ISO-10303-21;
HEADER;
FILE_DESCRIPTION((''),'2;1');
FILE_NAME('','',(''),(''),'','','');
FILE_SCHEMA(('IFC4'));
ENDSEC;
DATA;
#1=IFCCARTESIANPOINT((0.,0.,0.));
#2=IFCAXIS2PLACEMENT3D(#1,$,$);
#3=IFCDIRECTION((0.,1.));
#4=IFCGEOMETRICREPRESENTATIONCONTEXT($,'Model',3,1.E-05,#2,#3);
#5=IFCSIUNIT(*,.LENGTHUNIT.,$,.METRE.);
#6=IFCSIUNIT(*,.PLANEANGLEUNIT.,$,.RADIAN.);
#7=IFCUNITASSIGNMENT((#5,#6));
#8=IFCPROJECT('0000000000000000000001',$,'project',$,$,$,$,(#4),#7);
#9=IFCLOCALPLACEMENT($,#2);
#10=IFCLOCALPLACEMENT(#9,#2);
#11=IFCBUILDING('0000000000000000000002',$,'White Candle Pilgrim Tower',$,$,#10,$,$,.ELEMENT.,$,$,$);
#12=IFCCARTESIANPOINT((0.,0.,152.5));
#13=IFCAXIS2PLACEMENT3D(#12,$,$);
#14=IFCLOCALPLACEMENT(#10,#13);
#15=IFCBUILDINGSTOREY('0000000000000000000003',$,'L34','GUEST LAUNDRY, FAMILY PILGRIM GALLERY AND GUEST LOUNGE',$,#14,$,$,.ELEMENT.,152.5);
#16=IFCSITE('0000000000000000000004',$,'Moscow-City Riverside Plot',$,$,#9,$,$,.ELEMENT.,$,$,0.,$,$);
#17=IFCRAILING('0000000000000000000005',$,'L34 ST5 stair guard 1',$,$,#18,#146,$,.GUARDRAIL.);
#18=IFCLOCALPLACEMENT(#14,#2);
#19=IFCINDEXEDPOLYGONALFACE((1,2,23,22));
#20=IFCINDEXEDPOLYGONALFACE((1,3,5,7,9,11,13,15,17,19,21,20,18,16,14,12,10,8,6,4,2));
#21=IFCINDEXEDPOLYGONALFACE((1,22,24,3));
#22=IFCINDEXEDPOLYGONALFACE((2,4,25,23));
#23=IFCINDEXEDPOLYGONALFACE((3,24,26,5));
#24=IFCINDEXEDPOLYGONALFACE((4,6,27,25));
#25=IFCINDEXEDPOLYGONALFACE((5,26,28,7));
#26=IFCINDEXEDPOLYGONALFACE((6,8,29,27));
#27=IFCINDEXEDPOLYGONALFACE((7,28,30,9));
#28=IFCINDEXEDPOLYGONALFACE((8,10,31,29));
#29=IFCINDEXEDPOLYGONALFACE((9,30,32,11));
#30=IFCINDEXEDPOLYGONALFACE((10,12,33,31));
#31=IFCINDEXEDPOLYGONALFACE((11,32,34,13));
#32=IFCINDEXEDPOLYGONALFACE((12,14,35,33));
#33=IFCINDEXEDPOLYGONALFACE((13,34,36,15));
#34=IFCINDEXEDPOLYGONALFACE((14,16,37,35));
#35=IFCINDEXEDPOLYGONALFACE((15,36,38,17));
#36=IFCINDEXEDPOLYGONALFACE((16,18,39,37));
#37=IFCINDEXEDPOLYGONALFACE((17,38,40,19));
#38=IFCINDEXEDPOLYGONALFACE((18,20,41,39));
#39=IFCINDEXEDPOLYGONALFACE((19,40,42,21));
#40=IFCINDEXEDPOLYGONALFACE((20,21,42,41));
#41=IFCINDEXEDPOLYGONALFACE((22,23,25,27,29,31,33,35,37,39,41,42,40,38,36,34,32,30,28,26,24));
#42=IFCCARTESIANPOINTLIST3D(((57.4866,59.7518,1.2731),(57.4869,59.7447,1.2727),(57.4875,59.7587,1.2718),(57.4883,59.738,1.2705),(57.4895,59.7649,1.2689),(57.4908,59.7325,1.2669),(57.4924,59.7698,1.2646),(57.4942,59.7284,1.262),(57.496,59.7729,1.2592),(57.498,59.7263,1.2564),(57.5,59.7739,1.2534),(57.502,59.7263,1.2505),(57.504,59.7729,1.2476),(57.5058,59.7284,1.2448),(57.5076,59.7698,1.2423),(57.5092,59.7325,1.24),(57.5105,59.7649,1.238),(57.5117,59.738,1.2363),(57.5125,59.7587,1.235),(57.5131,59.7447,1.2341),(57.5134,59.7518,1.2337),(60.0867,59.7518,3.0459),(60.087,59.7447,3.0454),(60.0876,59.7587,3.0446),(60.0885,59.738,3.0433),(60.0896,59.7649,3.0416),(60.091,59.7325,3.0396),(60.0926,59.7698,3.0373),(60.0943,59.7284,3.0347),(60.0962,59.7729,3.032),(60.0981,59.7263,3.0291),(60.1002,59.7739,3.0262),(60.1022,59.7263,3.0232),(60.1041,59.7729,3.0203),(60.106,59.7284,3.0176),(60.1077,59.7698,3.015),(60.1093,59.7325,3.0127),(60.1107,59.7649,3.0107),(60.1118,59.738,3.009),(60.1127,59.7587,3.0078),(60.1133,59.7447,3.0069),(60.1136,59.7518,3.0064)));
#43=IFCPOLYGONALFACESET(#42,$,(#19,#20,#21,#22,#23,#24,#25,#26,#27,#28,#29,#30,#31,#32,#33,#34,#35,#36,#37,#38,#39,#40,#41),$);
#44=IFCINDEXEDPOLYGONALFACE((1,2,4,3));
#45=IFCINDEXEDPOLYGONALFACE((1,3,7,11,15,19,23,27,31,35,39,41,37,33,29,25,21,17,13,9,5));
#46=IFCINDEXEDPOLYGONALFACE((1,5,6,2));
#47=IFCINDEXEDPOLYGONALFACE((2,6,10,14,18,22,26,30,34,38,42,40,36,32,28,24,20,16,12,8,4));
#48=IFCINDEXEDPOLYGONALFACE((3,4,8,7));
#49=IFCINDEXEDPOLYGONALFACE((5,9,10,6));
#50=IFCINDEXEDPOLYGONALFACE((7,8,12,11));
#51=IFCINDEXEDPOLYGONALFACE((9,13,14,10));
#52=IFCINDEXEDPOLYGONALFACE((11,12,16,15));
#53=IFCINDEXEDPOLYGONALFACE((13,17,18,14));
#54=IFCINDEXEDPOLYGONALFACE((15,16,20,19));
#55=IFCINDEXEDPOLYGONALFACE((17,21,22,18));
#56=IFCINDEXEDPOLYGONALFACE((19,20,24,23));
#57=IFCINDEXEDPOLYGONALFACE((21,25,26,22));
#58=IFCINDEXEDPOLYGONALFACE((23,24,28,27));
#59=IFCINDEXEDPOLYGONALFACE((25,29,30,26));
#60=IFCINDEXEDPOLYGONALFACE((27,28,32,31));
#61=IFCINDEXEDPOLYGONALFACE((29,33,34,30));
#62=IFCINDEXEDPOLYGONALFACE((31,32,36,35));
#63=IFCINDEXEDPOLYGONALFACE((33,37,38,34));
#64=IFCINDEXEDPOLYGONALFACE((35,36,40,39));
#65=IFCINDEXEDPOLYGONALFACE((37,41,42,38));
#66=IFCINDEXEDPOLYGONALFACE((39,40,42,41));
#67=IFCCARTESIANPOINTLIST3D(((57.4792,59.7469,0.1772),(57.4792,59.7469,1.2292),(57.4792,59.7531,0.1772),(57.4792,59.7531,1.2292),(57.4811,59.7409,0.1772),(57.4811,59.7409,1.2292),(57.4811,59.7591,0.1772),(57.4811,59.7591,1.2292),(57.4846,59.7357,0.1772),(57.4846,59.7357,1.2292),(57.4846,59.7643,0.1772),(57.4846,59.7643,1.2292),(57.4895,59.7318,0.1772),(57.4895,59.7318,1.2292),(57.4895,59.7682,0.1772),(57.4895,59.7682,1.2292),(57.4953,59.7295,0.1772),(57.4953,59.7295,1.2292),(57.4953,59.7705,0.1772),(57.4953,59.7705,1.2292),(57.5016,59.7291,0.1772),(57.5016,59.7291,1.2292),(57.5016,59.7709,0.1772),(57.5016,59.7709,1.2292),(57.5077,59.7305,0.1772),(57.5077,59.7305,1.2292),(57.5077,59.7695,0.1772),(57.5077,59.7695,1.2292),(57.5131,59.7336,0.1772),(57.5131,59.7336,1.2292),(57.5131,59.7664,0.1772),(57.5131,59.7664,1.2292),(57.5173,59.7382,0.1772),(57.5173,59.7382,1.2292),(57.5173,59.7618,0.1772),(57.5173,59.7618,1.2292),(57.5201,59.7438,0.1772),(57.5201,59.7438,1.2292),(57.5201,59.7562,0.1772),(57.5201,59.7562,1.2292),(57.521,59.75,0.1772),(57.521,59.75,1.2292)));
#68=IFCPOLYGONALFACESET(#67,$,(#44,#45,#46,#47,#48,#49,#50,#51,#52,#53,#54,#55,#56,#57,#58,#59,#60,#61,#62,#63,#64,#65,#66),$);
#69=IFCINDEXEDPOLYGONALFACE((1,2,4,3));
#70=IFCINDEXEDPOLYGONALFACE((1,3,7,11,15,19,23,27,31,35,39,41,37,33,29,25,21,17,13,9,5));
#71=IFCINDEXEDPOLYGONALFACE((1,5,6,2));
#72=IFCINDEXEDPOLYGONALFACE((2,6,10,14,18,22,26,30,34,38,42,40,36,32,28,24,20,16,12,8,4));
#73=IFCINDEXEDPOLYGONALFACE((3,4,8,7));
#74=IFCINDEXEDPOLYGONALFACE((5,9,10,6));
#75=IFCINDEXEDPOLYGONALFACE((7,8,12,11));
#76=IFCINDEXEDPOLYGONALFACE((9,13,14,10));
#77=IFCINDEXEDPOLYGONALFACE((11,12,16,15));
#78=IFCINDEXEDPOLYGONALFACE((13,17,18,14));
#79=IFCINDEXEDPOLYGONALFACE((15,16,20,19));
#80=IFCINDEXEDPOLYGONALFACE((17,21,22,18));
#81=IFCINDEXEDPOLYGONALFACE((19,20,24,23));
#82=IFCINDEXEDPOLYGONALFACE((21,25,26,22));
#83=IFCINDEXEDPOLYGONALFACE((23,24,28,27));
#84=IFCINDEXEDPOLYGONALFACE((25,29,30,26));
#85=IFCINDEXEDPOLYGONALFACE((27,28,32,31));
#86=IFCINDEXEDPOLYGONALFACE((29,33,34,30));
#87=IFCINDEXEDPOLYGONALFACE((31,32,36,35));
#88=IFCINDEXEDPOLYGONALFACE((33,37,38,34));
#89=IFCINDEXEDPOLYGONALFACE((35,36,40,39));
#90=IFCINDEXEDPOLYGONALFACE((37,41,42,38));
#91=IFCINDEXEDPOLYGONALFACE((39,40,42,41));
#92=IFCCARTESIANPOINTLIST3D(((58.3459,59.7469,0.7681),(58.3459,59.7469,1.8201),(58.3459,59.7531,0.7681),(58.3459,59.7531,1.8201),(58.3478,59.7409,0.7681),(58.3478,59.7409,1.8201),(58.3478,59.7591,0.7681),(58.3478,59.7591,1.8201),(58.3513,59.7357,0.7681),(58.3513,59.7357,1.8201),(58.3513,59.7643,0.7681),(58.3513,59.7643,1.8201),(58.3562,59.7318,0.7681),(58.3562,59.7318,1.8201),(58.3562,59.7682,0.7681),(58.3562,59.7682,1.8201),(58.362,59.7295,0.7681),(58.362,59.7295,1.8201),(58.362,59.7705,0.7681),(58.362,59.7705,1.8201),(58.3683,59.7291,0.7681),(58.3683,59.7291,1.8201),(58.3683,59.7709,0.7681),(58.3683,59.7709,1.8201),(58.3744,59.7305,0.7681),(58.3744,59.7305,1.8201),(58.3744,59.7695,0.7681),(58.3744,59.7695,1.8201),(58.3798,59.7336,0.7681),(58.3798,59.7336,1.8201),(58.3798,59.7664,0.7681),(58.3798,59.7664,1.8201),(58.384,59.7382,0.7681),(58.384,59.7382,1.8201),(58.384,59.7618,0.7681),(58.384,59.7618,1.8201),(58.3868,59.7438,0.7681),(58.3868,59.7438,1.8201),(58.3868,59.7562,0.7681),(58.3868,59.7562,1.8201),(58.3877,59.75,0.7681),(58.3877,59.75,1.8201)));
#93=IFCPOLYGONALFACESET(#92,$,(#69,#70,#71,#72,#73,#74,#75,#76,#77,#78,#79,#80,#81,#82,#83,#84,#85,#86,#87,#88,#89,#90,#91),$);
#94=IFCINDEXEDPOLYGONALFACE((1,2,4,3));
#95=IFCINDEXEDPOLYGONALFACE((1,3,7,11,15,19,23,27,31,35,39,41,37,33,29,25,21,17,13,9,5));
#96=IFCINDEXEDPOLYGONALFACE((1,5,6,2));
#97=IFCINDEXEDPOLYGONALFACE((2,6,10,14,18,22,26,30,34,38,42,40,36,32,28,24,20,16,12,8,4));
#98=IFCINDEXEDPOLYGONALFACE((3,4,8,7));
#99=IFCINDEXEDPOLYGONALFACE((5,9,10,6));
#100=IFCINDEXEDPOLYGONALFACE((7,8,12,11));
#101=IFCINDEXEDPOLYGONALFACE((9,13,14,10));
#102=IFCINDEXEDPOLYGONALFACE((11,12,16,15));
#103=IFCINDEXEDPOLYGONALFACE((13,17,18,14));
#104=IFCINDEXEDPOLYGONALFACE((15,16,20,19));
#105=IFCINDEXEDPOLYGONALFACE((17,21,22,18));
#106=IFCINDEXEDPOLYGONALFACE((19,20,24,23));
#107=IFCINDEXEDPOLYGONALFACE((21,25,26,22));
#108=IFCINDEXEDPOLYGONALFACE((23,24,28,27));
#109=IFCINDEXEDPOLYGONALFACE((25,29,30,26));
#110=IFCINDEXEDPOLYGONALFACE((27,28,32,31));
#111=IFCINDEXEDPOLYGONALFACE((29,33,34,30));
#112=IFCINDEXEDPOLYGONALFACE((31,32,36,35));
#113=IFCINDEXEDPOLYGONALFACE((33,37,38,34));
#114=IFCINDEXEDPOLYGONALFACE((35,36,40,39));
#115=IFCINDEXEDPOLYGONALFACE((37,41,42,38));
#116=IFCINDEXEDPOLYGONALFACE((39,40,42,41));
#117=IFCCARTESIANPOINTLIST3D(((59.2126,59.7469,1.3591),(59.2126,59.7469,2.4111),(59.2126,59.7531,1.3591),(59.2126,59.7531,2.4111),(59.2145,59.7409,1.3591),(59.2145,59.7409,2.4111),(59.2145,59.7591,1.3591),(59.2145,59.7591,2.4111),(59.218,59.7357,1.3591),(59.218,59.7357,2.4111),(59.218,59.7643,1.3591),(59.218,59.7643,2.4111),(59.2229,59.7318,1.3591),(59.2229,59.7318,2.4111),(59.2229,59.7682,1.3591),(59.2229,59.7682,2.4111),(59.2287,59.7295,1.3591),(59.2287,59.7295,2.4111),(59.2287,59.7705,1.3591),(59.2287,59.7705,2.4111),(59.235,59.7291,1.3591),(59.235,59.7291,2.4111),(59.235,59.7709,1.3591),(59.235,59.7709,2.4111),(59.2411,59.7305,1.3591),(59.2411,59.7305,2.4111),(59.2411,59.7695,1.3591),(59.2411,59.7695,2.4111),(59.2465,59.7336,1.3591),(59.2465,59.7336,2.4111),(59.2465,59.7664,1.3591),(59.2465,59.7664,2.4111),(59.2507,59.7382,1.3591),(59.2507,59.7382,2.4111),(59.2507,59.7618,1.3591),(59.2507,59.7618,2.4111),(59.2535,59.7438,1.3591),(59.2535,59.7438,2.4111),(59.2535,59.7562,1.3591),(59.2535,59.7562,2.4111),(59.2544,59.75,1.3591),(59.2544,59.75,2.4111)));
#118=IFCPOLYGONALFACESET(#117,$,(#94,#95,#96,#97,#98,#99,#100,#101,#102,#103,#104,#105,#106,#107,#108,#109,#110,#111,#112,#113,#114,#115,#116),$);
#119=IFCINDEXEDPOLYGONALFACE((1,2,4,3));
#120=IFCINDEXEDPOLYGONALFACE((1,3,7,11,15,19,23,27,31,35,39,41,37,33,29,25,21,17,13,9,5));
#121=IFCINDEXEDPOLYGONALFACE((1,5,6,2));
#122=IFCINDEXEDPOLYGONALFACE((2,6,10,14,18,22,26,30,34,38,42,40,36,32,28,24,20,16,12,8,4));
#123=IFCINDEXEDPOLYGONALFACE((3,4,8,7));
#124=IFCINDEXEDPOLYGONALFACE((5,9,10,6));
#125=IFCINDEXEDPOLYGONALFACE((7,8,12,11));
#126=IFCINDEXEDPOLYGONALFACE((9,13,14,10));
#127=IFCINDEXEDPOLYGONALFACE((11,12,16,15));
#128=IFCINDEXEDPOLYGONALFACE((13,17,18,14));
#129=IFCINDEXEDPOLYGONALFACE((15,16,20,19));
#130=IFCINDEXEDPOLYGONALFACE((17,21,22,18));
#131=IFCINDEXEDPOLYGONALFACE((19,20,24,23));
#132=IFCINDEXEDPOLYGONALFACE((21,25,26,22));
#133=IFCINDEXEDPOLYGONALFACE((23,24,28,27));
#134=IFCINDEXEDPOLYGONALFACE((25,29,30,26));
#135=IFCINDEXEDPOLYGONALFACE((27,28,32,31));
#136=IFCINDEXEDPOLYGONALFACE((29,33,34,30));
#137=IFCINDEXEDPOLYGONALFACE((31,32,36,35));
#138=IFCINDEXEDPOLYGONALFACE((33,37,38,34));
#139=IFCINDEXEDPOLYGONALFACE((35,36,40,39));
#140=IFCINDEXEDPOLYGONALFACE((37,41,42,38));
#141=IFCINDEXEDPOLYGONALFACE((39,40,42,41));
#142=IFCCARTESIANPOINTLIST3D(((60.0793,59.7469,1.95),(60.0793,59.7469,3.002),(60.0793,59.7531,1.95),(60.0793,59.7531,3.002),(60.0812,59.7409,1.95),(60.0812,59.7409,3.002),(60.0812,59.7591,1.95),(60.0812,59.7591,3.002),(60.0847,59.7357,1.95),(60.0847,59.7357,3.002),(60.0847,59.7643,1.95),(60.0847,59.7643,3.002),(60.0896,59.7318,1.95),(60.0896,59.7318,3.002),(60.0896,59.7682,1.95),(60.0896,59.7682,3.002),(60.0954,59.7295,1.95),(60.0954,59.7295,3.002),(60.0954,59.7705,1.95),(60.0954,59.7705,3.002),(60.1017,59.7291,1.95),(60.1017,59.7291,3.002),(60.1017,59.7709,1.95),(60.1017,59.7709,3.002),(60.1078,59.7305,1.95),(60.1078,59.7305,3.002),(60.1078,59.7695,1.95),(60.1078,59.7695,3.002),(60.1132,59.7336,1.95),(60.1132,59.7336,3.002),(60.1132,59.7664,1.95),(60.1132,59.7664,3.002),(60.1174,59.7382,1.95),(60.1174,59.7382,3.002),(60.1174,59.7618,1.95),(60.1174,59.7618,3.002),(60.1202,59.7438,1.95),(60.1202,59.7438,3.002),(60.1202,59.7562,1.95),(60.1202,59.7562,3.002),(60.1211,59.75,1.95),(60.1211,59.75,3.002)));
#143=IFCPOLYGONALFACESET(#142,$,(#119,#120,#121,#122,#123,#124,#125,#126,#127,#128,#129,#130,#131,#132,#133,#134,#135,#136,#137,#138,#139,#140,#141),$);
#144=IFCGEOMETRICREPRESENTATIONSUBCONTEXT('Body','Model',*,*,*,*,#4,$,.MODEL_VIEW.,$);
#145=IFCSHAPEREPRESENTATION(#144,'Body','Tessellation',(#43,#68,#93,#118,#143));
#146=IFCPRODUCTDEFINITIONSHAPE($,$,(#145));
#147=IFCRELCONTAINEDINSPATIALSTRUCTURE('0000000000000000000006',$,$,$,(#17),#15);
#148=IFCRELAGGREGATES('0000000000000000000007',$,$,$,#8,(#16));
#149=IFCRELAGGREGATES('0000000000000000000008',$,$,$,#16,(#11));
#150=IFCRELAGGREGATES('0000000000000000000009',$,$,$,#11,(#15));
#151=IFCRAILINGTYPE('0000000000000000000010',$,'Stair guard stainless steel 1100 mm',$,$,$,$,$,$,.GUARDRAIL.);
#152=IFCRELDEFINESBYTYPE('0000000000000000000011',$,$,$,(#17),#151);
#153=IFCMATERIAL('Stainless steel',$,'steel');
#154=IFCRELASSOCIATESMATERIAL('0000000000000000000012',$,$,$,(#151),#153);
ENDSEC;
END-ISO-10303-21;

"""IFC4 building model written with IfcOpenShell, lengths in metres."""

from ifc_helpers import new_model, si_unit, direction, frame, origin, origin_2d, place, context, subcontext, project, spatial, circle, extrude, material, type_object, element, save


model = new_model("IFC4")

# Units and contexts
model_context = context("Model", 3, precision=1e-05, world=origin(), true_north=direction((0.0, 1.0)))
body_context = subcontext(model_context, "Body", "Model", "MODEL_VIEW")
ifc_project = project(units=[si_unit("LENGTHUNIT", "METRE"), si_unit("PLANEANGLEUNIT", "RADIAN")], contexts=[model_context])

# Site, building, storey
site_placement = place(None, origin())
site = spatial("IfcSite", under=ifc_project, at=site_placement, Name="Moscow-City Riverside Plot", CompositionType="ELEMENT", RefElevation=0.0)
building_placement = place(site_placement, origin())
building = spatial("IfcBuilding", under=site, at=building_placement, Name="White Candle Pilgrim Tower", CompositionType="ELEMENT")
storey_placement = place(building_placement, frame((0.0, 0.0, 152.5)))
storey = spatial("IfcBuildingStorey", under=building, at=storey_placement, Name="L34", Description="GUEST LAUNDRY, FAMILY PILGRIM GALLERY AND GUEST LOUNGE", CompositionType="ELEMENT", Elevation=152.5)

# Railing
ifc_material_1 = material(Name="Stainless steel", Category="steel")
railing_type_1 = type_object("IfcRailingType", Name="Stair guard stainless steel 1100 mm", PredefinedType="GUARDRAIL", material=ifc_material_1)
railing_1_placement = place(storey_placement, frame((57.5, 59.75, 0.1772)))
element("IfcRailing", 1, at=railing_1_placement, inside=storey, type_object=railing_type_1, Name="L34 ST5 stair guard 1", PredefinedType="GUARDRAIL", context=body_context, shape_type="SweptSolid", body=[
    extrude(circle(Radius=0.0239, at=origin_2d()), frame((0.0, 0.0, 1.0762), z_axis=(0.82624, 0.0, 0.563318), x_axis=(0.0, 1.0, 0.0)), (0.0, 0.0, 1.0), 3.147),
    extrude(circle(Radius=0.021, at=origin_2d()), origin(), (0.0, 0.0, 1.0), 1.052),
    extrude(circle(Radius=0.021, at=origin_2d()), frame((0.8667, 0.0, 0.5908)), (0.0, 0.0, 1.0), 1.052),
    extrude(circle(Radius=0.021, at=origin_2d()), frame((1.7334, 0.0, 1.1819)), (0.0, 0.0, 1.0), 1.052),
    extrude(circle(Radius=0.021, at=origin_2d()), frame((2.6001, 0.0, 1.7727)), (0.0, 0.0, 1.0), 1.052),
])

save(model, "model.ifc")
